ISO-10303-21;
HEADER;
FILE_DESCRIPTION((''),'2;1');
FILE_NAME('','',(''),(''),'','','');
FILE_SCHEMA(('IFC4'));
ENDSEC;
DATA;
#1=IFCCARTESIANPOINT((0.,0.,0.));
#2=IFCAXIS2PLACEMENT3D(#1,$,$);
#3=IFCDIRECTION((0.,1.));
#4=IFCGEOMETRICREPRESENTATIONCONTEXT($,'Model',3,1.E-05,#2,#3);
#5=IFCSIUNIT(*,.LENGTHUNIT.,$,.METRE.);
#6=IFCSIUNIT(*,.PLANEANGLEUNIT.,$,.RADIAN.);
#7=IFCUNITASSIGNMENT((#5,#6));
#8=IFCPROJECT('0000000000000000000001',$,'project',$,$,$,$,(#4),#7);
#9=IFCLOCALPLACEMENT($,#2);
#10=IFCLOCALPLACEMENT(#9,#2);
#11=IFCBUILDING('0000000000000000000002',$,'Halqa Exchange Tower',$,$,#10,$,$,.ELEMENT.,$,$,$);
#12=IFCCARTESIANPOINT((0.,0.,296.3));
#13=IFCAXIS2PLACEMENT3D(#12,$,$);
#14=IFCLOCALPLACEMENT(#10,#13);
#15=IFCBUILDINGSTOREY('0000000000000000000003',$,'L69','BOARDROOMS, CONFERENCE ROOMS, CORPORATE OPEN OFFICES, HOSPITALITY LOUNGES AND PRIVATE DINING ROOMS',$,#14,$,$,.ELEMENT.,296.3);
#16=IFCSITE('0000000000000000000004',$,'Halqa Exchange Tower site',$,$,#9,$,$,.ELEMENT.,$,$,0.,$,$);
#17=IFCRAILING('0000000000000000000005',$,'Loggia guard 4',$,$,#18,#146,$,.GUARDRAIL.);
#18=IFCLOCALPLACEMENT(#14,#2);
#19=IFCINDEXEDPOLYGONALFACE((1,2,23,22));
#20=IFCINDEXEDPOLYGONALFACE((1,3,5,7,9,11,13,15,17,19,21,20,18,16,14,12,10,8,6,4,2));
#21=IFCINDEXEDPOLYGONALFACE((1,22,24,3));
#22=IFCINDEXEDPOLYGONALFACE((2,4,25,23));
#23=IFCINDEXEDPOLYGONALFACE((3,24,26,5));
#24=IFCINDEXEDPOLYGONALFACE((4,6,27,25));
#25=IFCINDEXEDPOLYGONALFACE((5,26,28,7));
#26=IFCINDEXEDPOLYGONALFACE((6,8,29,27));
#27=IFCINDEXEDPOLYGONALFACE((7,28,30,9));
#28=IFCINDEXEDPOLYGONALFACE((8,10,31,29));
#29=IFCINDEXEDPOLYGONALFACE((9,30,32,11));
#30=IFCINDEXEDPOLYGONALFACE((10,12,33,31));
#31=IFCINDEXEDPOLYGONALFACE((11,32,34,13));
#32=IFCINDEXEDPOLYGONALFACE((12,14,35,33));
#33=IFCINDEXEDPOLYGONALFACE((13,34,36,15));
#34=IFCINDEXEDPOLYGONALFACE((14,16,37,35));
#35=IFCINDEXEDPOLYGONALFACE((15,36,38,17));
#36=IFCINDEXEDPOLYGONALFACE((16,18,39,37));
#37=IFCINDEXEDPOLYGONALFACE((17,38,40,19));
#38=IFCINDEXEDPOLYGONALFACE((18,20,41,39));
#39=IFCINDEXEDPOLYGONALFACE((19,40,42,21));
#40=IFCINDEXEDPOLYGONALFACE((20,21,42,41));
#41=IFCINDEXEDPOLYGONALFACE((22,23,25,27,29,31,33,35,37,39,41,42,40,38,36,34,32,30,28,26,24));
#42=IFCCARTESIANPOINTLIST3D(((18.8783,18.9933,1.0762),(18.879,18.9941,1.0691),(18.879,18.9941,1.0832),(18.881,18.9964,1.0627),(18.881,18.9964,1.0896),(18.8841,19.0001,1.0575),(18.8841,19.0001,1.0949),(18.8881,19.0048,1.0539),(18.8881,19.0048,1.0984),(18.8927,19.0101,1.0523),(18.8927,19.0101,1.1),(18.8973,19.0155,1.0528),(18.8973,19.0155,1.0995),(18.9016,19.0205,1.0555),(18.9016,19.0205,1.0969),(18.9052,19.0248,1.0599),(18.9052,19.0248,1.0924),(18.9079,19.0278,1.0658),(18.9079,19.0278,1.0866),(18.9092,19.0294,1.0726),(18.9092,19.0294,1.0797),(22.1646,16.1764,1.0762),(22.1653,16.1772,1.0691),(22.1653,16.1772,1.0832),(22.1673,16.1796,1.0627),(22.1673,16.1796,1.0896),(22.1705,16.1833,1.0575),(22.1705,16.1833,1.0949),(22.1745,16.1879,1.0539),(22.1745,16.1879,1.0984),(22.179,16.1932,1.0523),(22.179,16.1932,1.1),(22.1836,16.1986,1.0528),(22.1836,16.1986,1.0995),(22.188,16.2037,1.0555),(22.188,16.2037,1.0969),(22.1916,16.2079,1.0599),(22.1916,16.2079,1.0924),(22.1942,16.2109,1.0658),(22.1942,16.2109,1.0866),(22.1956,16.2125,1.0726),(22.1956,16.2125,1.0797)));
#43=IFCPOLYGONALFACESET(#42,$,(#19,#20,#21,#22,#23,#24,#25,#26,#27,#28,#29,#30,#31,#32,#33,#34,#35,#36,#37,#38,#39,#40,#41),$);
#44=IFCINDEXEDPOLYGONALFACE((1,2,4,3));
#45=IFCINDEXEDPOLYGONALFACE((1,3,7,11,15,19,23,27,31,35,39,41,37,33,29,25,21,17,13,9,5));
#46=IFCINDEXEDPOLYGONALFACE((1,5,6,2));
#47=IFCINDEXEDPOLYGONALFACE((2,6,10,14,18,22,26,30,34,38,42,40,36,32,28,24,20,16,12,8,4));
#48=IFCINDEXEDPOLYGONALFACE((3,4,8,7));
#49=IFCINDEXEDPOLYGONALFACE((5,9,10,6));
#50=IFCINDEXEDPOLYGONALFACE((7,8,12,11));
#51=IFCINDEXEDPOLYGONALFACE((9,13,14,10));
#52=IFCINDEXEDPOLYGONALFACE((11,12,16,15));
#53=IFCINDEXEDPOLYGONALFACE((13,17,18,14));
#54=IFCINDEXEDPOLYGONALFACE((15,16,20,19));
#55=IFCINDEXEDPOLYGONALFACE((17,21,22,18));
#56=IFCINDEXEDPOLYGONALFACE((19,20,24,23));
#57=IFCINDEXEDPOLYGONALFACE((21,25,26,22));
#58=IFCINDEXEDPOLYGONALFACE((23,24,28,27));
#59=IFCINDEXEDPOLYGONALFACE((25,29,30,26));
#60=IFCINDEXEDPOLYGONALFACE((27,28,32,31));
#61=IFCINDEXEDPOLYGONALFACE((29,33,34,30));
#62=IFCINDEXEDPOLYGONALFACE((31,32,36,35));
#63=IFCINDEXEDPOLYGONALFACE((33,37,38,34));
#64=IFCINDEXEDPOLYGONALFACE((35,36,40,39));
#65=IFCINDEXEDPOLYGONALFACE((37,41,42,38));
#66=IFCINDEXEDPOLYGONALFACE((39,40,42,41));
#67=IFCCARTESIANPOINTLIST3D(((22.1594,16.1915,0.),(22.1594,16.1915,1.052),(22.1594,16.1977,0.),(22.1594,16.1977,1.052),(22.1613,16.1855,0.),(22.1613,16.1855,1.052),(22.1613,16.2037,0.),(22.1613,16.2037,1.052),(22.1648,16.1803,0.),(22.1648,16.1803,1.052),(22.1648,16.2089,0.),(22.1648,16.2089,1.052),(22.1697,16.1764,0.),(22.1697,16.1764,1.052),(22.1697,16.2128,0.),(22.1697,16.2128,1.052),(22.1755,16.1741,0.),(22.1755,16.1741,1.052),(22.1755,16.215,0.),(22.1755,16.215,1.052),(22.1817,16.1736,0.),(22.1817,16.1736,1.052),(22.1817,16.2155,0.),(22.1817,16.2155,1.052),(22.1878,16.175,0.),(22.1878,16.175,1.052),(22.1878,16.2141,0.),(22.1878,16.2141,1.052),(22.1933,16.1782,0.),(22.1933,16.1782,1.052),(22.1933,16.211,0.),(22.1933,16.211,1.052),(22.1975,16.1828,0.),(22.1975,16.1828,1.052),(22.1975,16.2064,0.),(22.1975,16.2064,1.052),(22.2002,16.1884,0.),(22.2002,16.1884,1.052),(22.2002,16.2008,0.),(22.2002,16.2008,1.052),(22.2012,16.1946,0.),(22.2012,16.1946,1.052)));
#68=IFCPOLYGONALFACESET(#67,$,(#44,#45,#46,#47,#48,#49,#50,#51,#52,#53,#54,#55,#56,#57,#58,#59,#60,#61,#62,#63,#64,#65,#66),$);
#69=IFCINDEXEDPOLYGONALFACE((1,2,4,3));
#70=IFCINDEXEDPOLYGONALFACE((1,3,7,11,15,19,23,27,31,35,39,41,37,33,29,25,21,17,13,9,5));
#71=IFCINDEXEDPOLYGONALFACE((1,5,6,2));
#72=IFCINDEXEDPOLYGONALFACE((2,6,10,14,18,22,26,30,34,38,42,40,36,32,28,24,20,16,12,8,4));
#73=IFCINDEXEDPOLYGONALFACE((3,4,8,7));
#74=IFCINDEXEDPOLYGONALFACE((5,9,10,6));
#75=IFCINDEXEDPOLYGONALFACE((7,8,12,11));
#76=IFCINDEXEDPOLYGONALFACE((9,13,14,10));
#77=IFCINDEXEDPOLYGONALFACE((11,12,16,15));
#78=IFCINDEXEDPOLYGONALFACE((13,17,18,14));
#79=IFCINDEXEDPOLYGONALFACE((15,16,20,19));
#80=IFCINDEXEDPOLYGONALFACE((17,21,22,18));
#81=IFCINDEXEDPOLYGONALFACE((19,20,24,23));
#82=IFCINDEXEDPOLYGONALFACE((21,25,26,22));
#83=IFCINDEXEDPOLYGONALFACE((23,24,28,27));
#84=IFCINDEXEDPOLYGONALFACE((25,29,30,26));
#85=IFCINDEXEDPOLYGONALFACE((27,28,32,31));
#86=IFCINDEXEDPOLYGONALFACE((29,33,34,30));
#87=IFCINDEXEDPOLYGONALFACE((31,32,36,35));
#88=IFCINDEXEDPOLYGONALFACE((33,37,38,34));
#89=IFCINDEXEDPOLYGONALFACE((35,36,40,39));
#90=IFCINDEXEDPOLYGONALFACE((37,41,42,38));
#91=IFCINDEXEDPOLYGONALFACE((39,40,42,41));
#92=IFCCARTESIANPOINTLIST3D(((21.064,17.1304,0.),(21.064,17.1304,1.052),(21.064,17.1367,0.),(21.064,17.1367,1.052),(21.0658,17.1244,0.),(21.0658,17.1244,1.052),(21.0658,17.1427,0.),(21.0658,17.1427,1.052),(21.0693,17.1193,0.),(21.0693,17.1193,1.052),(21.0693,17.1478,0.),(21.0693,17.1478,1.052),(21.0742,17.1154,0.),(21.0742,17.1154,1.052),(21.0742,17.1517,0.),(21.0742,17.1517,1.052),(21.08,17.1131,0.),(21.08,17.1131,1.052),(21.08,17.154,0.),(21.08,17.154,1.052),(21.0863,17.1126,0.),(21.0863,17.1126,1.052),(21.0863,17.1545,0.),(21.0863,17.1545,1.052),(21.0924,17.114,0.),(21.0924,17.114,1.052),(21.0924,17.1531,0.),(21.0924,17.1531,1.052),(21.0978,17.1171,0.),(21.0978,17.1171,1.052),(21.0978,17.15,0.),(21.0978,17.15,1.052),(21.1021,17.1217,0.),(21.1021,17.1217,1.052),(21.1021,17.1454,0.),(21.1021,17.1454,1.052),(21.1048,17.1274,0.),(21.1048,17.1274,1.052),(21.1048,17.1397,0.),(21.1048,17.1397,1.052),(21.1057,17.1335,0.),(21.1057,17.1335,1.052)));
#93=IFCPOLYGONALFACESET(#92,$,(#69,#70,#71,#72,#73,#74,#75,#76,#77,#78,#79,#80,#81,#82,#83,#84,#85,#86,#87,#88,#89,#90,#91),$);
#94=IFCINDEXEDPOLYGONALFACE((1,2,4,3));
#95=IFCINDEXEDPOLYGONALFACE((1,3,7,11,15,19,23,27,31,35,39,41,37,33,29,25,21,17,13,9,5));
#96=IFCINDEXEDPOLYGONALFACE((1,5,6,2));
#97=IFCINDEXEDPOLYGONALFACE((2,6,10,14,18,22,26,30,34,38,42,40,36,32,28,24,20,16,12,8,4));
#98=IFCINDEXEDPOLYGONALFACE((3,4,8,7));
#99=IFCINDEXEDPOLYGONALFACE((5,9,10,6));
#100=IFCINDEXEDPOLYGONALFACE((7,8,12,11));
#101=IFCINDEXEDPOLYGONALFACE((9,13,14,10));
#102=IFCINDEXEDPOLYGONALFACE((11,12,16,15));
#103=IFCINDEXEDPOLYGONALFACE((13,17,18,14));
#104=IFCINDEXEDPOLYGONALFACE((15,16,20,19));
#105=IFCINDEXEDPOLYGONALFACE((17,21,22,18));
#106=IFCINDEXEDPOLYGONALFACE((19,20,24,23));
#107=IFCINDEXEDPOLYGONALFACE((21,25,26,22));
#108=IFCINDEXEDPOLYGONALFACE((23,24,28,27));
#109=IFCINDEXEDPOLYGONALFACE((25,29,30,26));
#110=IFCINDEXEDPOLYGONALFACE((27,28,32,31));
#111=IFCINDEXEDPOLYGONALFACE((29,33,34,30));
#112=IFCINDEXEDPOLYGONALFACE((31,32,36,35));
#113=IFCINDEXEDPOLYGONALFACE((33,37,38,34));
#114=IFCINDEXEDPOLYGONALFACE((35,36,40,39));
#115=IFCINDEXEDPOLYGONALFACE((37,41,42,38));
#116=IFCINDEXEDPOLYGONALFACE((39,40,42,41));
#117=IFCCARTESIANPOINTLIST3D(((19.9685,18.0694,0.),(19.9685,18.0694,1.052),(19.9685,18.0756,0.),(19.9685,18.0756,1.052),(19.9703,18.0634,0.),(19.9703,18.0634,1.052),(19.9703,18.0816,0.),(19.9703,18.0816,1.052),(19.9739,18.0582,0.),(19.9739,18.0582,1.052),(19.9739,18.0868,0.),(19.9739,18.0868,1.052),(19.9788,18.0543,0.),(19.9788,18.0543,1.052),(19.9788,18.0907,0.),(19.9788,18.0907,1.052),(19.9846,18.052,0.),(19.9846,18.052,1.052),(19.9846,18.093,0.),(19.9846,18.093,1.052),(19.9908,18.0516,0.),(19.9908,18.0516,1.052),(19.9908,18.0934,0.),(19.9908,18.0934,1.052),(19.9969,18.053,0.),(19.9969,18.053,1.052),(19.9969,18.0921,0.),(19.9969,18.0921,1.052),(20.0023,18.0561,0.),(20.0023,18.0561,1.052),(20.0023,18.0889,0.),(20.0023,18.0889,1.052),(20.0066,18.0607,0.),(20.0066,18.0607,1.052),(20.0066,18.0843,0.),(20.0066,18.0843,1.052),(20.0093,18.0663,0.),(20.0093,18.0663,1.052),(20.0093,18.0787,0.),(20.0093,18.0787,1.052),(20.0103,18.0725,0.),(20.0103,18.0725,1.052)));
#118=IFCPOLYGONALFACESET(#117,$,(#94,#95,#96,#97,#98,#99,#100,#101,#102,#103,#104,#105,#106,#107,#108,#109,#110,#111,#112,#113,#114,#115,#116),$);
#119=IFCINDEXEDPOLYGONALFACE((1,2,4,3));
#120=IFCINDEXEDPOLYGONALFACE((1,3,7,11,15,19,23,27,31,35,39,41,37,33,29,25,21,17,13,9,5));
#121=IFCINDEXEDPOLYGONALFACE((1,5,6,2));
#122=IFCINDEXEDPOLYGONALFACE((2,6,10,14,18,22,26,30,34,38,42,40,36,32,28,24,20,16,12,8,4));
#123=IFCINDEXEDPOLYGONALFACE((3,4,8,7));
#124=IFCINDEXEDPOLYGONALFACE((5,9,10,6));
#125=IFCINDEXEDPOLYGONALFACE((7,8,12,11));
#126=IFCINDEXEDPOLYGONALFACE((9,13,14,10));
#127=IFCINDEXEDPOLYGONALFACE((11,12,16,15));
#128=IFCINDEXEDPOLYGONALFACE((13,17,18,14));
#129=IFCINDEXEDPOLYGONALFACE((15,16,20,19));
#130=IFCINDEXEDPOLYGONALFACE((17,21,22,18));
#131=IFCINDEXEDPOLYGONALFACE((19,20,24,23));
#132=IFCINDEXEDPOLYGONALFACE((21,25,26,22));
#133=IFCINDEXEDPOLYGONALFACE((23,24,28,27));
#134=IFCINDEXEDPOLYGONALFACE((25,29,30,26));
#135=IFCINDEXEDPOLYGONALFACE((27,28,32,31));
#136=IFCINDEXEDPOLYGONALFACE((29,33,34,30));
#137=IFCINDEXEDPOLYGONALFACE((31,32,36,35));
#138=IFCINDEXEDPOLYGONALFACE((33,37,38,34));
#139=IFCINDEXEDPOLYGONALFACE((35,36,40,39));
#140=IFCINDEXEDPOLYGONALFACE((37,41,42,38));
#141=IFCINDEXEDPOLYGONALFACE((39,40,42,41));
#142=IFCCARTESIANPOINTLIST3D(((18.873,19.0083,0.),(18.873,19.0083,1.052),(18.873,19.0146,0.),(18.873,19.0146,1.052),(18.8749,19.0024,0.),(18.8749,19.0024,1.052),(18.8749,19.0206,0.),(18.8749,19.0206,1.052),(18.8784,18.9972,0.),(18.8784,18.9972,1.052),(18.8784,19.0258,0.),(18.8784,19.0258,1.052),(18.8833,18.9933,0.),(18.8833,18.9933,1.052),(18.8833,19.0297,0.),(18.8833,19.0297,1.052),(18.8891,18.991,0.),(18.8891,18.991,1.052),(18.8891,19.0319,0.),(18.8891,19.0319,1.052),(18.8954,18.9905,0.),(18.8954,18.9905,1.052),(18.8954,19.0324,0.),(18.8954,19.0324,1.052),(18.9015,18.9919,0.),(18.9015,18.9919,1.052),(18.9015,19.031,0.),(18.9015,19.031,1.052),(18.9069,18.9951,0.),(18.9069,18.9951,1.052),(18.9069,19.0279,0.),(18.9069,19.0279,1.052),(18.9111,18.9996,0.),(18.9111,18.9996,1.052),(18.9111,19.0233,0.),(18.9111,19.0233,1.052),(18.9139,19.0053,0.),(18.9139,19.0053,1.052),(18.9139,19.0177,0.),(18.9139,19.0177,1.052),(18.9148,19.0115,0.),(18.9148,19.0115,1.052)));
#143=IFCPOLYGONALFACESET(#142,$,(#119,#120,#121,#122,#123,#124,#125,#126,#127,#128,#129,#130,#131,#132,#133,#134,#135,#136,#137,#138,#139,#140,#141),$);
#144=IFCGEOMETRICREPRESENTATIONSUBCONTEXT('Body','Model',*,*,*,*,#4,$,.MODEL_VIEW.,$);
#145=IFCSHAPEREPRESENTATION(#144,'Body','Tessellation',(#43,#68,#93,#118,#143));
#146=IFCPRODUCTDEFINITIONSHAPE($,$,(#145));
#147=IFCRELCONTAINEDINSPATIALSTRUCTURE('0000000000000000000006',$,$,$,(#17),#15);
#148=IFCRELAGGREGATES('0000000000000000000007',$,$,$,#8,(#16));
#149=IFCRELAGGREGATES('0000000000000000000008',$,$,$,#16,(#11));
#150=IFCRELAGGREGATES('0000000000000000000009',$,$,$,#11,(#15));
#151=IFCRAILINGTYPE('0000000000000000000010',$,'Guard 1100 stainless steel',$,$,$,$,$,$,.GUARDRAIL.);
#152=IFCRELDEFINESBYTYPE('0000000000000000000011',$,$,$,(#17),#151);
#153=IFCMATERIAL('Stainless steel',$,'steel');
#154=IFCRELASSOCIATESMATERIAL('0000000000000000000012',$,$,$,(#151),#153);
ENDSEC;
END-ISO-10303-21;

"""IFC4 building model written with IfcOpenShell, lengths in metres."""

from ifc_helpers import new_model, si_unit, direction, frame, origin, origin_2d, place, context, subcontext, project, spatial, circle, extrude, material, type_object, element, save


model = new_model("IFC4")

# Units and contexts
model_context = context("Model", 3, precision=1e-05, world=origin(), true_north=direction((0.0, 1.0)))
body_context = subcontext(model_context, "Body", "Model", "MODEL_VIEW")
ifc_project = project(units=[si_unit("LENGTHUNIT", "METRE"), si_unit("PLANEANGLEUNIT", "RADIAN")], contexts=[model_context])

# Site, building, storey
site_placement = place(None, origin())
site = spatial("IfcSite", under=ifc_project, at=site_placement, Name="Halqa Exchange Tower site", CompositionType="ELEMENT", RefElevation=0.0)
building_placement = place(site_placement, origin())
building = spatial("IfcBuilding", under=site, at=building_placement, Name="Halqa Exchange Tower", CompositionType="ELEMENT")
storey_placement = place(building_placement, frame((0.0, 0.0, 296.3)))
storey = spatial("IfcBuildingStorey", under=building, at=storey_placement, Name="L69", Description="BOARDROOMS, CONFERENCE ROOMS, CORPORATE OPEN OFFICES, HOSPITALITY LOUNGES AND PRIVATE DINING ROOMS", CompositionType="ELEMENT", Elevation=296.3)

# Railing
ifc_material_1 = material(Name="Stainless steel", Category="steel")
railing_type = type_object("IfcRailingType", Name="Guard 1100 stainless steel", PredefinedType="GUARDRAIL", material=ifc_material_1)
railing_1_placement = place(storey_placement, frame((22.1802, 16.1946, 0.0)))
element("IfcRailing", 1, at=railing_1_placement, inside=storey, type_object=railing_type, Name="Loggia guard 4", PredefinedType="GUARDRAIL", context=body_context, shape_type="SweptSolid", body=[
    extrude(circle(Radius=0.0239, at=origin_2d()), frame((0.0, 0.0, 1.0762), z_axis=(-0.759257, 0.650791, 0.0), x_axis=(-0.650791, -0.759257, 0.0)), (0.0, 0.0, 1.0), 4.3284),
    extrude(circle(Radius=0.021, at=origin_2d()), origin(), (0.0, 0.0, 1.0), 1.052),
    extrude(circle(Radius=0.021, at=origin_2d()), frame((-1.0955, 0.939, 0.0)), (0.0, 0.0, 1.0), 1.052),
    extrude(circle(Radius=0.021, at=origin_2d()), frame((-2.1909, 1.8779, 0.0)), (0.0, 0.0, 1.0), 1.052),
    extrude(circle(Radius=0.021, at=origin_2d()), frame((-3.2864, 2.8169, 0.0)), (0.0, 0.0, 1.0), 1.052),
])

save(model, "model.ifc")
